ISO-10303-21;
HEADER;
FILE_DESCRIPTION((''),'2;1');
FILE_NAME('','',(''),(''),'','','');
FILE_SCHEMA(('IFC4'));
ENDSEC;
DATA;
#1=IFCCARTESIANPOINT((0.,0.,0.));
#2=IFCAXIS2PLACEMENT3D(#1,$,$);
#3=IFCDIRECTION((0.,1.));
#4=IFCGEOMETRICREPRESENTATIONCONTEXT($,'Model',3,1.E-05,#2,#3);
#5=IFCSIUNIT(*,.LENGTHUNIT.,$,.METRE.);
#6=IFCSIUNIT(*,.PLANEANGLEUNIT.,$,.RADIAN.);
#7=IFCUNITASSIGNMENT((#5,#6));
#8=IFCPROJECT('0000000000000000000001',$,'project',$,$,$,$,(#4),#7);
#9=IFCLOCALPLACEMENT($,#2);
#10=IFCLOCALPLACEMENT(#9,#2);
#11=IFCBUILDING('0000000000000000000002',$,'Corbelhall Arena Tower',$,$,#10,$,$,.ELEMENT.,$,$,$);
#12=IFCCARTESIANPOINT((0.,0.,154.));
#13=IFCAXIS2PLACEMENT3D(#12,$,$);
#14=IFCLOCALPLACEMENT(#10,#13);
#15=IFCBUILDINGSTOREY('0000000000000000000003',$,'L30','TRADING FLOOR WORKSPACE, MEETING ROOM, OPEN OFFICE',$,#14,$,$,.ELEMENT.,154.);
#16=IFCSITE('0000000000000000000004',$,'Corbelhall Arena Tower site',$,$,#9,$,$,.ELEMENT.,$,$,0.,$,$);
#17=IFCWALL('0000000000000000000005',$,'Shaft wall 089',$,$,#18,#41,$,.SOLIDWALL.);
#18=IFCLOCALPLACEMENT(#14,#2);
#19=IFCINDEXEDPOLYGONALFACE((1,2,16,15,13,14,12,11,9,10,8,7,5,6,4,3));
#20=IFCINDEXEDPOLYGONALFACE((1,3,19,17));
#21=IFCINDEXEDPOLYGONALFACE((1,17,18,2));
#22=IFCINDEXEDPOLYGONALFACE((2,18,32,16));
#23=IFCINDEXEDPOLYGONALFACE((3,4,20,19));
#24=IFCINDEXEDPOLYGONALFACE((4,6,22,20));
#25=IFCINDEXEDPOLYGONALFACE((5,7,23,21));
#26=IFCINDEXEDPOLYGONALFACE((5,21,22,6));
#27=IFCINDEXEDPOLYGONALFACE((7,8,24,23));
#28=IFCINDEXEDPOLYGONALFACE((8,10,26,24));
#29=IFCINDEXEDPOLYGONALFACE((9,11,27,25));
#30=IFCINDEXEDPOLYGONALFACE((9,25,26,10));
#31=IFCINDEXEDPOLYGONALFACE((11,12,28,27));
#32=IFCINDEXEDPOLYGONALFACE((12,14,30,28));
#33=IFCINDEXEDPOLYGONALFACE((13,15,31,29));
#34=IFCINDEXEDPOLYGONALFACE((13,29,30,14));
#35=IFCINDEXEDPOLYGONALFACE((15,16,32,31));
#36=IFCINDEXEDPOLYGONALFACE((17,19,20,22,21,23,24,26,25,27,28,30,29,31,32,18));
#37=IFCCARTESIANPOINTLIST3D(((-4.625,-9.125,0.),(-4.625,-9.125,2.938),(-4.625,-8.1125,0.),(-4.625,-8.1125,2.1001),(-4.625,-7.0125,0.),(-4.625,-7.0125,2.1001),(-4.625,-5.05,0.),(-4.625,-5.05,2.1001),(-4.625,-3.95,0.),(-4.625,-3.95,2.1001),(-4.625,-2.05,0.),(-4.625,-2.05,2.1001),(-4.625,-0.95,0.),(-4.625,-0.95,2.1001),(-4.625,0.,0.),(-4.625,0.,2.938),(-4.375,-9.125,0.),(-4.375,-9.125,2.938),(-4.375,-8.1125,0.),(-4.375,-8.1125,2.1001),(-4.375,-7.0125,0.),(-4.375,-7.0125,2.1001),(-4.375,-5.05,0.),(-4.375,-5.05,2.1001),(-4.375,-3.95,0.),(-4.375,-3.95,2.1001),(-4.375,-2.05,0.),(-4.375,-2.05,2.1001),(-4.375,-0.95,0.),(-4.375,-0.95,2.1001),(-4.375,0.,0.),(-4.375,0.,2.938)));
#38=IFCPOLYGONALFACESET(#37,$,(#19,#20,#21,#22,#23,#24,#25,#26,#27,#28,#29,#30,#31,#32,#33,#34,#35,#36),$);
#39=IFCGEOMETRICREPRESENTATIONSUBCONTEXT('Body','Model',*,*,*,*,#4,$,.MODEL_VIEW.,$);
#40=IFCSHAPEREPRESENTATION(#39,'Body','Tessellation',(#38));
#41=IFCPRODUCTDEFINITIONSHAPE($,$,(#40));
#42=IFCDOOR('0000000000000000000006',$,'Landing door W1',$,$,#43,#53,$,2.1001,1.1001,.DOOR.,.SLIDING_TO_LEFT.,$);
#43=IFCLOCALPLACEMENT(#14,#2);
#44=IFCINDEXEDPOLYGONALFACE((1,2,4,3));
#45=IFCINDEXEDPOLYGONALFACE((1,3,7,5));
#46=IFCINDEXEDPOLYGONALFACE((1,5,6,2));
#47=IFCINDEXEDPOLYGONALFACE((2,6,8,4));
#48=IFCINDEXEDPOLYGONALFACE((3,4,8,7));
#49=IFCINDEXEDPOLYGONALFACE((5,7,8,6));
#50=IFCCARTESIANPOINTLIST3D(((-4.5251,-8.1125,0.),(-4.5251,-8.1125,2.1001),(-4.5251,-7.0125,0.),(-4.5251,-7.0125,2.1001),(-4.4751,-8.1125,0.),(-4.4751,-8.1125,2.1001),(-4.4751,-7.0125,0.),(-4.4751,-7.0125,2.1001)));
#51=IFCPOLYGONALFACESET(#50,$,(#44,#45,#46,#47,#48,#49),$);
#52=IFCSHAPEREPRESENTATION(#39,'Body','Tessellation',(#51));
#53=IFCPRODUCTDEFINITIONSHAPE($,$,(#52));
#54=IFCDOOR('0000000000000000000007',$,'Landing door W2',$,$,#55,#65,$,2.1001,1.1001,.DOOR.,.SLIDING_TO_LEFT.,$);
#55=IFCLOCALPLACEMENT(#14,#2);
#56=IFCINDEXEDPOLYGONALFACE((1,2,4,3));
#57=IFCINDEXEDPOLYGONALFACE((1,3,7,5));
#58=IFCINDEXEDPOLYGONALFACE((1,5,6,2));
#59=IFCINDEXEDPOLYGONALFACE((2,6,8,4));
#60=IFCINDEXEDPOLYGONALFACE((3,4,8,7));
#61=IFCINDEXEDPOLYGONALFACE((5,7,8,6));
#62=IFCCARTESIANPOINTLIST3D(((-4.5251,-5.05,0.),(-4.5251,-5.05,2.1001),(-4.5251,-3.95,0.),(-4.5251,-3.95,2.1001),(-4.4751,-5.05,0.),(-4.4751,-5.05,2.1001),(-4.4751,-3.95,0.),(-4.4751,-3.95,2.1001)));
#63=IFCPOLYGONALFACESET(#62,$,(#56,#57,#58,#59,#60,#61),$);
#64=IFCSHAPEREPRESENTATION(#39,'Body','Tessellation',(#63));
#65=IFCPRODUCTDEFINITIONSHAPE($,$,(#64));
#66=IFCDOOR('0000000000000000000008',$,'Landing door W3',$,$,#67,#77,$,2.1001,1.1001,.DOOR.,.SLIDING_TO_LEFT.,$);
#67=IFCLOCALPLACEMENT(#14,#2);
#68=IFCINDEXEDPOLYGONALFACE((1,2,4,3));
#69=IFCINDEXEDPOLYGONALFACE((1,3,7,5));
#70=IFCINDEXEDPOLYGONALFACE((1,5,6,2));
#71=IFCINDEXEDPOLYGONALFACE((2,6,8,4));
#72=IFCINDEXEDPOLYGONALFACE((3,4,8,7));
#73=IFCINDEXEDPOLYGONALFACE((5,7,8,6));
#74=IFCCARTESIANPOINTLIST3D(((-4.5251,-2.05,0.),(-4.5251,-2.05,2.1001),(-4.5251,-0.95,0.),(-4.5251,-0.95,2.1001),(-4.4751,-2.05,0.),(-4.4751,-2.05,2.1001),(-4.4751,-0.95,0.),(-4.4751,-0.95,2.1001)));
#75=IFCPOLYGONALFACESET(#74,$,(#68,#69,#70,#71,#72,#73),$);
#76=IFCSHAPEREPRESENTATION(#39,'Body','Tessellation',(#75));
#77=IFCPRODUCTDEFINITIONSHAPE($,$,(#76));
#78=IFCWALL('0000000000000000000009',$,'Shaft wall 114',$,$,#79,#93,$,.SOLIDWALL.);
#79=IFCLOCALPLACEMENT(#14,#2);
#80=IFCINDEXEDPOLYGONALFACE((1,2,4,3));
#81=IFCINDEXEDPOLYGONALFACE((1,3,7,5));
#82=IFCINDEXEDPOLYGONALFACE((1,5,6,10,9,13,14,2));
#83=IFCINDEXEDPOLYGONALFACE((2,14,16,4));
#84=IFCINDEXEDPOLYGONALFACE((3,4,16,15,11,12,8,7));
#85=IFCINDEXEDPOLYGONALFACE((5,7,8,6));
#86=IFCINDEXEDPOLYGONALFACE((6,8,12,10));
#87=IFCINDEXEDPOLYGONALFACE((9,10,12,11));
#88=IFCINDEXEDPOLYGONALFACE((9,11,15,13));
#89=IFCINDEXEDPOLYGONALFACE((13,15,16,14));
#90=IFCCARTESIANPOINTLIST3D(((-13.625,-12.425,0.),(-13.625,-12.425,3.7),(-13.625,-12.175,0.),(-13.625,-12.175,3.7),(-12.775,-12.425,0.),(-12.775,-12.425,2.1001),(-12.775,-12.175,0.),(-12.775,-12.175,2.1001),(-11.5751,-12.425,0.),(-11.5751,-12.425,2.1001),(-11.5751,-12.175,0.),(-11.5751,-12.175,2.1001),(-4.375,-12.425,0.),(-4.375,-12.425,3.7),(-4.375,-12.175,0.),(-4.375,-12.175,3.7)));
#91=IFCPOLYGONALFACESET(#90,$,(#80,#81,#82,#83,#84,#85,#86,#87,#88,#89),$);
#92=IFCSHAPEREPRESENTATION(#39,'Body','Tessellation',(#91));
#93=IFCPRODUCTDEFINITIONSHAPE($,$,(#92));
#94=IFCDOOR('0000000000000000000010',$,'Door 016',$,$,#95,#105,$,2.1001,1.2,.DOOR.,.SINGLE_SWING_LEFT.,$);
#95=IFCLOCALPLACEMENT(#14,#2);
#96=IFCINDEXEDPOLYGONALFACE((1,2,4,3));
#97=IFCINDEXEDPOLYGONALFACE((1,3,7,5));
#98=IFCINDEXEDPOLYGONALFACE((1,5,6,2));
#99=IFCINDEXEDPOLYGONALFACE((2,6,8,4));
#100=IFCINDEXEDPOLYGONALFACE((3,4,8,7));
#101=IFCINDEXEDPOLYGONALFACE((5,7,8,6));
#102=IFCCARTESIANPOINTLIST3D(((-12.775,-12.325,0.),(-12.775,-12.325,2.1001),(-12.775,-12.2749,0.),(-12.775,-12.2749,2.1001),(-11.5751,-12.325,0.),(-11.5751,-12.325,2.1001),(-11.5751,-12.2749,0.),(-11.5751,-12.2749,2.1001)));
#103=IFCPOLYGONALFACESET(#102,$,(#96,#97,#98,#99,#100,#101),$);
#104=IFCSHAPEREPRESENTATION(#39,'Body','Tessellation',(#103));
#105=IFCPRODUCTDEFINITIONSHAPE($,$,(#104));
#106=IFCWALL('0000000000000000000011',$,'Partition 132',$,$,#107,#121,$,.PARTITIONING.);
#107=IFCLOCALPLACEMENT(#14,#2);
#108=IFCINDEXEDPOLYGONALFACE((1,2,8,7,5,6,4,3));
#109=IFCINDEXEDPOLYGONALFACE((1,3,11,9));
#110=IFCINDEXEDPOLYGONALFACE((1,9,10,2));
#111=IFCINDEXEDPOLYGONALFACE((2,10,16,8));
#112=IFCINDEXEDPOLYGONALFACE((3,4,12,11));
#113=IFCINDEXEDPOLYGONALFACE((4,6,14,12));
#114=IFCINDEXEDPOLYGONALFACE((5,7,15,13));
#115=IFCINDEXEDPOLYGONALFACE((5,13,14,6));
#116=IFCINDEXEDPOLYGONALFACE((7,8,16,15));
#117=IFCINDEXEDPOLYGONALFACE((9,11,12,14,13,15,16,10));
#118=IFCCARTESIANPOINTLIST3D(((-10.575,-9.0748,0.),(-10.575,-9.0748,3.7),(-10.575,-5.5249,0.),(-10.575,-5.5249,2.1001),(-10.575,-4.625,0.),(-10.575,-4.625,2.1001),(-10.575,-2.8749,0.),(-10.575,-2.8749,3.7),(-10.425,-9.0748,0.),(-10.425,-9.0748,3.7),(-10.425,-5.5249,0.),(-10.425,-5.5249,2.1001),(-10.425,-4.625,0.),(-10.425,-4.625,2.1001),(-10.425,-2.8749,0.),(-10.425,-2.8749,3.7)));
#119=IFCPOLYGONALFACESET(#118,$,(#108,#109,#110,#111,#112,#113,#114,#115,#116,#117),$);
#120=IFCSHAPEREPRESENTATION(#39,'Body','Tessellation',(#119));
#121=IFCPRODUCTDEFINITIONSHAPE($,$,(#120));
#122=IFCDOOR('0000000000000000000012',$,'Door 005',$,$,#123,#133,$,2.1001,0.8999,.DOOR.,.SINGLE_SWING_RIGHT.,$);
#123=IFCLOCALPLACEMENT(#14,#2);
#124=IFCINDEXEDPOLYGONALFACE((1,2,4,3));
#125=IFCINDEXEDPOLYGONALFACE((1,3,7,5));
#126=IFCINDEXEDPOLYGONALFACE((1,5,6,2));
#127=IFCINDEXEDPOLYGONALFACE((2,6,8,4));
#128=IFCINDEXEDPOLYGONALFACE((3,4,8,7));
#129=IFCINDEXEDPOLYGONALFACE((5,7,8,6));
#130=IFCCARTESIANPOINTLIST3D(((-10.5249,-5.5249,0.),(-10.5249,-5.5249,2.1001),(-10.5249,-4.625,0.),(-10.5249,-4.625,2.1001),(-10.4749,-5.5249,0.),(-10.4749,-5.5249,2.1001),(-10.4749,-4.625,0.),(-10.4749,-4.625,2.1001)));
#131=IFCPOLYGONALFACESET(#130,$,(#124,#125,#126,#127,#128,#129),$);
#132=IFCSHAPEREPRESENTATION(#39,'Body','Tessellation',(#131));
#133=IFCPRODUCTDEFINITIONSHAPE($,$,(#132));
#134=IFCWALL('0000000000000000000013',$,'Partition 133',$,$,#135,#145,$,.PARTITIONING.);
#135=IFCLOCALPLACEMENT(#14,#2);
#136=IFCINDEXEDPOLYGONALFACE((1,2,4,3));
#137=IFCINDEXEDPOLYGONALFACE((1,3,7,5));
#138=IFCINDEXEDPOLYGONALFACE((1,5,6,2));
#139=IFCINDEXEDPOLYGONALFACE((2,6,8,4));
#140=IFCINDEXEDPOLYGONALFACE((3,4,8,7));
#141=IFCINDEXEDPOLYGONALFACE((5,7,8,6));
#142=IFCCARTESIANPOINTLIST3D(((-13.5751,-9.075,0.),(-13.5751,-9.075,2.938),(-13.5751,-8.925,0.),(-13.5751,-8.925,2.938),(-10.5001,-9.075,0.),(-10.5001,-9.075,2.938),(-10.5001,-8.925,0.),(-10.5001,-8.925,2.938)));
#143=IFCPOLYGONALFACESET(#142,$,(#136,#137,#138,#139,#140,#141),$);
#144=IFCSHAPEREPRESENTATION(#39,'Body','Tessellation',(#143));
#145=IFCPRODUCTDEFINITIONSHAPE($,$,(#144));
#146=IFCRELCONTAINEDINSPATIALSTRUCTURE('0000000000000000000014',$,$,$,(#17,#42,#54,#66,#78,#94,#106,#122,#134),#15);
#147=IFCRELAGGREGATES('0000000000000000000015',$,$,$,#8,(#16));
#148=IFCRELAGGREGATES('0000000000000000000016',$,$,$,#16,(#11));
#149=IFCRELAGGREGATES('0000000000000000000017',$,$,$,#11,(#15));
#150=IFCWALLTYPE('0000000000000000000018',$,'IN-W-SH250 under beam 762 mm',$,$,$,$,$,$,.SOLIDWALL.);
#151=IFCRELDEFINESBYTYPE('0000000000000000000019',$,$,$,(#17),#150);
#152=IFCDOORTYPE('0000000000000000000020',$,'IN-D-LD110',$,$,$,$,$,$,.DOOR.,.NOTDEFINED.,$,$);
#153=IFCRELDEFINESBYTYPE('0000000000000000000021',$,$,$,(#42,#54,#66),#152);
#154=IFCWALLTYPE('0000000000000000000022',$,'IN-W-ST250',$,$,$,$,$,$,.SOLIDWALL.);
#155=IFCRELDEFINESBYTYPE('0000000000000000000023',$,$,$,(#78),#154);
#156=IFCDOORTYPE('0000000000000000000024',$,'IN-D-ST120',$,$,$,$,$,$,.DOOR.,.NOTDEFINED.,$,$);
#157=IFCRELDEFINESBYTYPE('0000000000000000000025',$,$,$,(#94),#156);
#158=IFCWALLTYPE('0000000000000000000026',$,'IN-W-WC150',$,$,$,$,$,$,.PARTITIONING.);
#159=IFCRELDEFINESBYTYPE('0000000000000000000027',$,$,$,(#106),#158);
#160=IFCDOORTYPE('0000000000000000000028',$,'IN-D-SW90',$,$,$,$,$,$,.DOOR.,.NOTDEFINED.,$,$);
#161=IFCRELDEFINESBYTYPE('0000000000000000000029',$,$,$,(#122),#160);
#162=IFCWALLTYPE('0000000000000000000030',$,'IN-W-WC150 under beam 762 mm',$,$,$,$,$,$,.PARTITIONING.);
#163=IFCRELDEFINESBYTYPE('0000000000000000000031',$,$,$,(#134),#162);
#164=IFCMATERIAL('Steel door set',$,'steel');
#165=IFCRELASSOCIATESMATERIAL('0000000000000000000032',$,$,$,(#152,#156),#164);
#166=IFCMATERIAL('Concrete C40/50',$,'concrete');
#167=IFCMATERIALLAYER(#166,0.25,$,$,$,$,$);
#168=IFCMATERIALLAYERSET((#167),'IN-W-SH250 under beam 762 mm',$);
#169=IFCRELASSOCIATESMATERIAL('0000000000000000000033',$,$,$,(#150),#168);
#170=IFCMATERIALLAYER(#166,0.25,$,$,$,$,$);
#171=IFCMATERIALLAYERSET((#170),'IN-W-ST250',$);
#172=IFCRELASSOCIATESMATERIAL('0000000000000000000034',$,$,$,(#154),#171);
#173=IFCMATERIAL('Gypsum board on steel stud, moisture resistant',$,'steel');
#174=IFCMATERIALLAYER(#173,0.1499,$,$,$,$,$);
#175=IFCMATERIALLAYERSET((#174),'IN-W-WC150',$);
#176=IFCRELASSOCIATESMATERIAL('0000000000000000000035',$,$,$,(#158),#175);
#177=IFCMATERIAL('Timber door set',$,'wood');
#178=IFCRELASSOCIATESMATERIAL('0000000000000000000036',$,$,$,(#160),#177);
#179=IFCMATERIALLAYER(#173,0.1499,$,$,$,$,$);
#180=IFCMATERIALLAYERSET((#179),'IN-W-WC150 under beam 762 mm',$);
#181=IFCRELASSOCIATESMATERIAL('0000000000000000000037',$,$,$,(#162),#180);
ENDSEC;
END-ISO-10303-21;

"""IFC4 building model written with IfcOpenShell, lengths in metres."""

from ifc_helpers import new_model, si_unit, direction, frame, frame_2d, origin, place, context, subcontext, project, spatial, rectangle, extrude, material, layer, layer_set, type_object, element, fill, save


model = new_model("IFC4")

# Units and contexts
model_context = context("Model", 3, precision=1e-05, world=origin(), true_north=direction((0.0, 1.0)))
body_context = subcontext(model_context, "Body", "Model", "MODEL_VIEW")
ifc_project = project(units=[si_unit("LENGTHUNIT", "METRE"), si_unit("PLANEANGLEUNIT", "RADIAN")], contexts=[model_context])

# Site, building, storey
site_placement = place(None, origin())
site = spatial("IfcSite", under=ifc_project, at=site_placement, Name="Corbelhall Arena Tower site", CompositionType="ELEMENT", RefElevation=0.0)
building_placement = place(site_placement, origin())
building = spatial("IfcBuilding", under=site, at=building_placement, Name="Corbelhall Arena Tower", CompositionType="ELEMENT")
storey_placement = place(building_placement, frame((0.0, 0.0, 154.0)))
storey = spatial("IfcBuildingStorey", under=building, at=storey_placement, Name="L30", Description="TRADING FLOOR WORKSPACE, MEETING ROOM, OPEN OFFICE", CompositionType="ELEMENT", Elevation=154.0)

# Shared definitions
ifc_material_1 = material(Name="Concrete C40/50", Category="concrete")
ifc_material_2 = material(Name="Steel door set", Category="steel")
door_type_1 = type_object("IfcDoorType", Name="IN-D-LD110", OperationType="NOTDEFINED", PredefinedType="DOOR", material=ifc_material_2)

# Shared definitions
ifc_layer_1 = layer(ifc_material_1, 0.25)
ifc_layer_set_1 = layer_set([ifc_layer_1], Name="IN-W-SH250 under beam 762 mm")
wall_type_1 = type_object("IfcWallType", Name="IN-W-SH250 under beam 762 mm", PredefinedType="SOLIDWALL", material=ifc_layer_set_1)

# Wall, openings, doors
wall_1_placement = place(storey_placement, frame((-4.5, 0.0, 0.0), z_axis=(0.0, 0.0, 1.0), x_axis=(0.0, -1.0, 0.0)))
wall_1 = element("IfcWall", 1, at=wall_1_placement, inside=storey, type_object=wall_type_1, Name="Shaft wall 089", PredefinedType="SOLIDWALL", context=body_context, shape_type="SweptSolid", body=[
    extrude(rectangle(XDim=9.125, YDim=0.25, at=frame_2d((4.5625, 0.0))), origin(), (0.0, 0.0, 1.0), 2.938),
])
opening_1_placement = place(wall_1_placement, frame((7.0125, 0.0, 0.0)))
opening_1 = element("IfcOpeningElement", 2, at=opening_1_placement, cuts=wall_1, PredefinedType="OPENING", context=body_context, shape_type="SweptSolid", body=[
    extrude(rectangle(XDim=1.1001, YDim=2.1001, at=frame_2d((0.55, 1.05))), frame((0.0, 0.125, 0.0), z_axis=(0.0, -1.0, 0.0), x_axis=(1.0, 0.0, 0.0)), (0.0, 0.0, 1.0), 0.25),
])
opening_2_placement = place(wall_1_placement, frame((3.95, 0.0, 0.0)))
opening_2 = element("IfcOpeningElement", 3, at=opening_2_placement, cuts=wall_1, PredefinedType="OPENING", context=body_context, shape_type="SweptSolid", body=[
    extrude(rectangle(XDim=1.1001, YDim=2.1001, at=frame_2d((0.55, 1.05))), frame((0.0, 0.125, 0.0), z_axis=(0.0, -1.0, 0.0), x_axis=(1.0, 0.0, 0.0)), (0.0, 0.0, 1.0), 0.25),
])
opening_3_placement = place(wall_1_placement, frame((0.95, 0.0, 0.0)))
opening_3 = element("IfcOpeningElement", 4, at=opening_3_placement, cuts=wall_1, PredefinedType="OPENING", context=body_context, shape_type="SweptSolid", body=[
    extrude(rectangle(XDim=1.1001, YDim=2.1001, at=frame_2d((0.55, 1.05))), frame((0.0, 0.125, 0.0), z_axis=(0.0, -1.0, 0.0), x_axis=(1.0, 0.0, 0.0)), (0.0, 0.0, 1.0), 0.25),
])
door_1_placement = place(opening_1_placement, origin())
door_1 = element("IfcDoor", 5, at=door_1_placement, inside=storey, type_object=door_type_1, Name="Landing door W1", OperationType="SLIDING_TO_LEFT", OverallHeight=2.1001, OverallWidth=1.1001, PredefinedType="DOOR", context=body_context, shape_type="SweptSolid", body=[
    extrude(rectangle(XDim=1.1001, YDim=2.1001, at=frame_2d((0.55, 1.05))), frame((0.0, 0.0249, 0.0), z_axis=(0.0, -1.0, 0.0), x_axis=(1.0, 0.0, 0.0)), (0.0, 0.0, 1.0), 0.05),
])
fill(opening_1, door_1)
door_2_placement = place(opening_2_placement, origin())
door_2 = element("IfcDoor", 6, at=door_2_placement, inside=storey, type_object=door_type_1, Name="Landing door W2", OperationType="SLIDING_TO_LEFT", OverallHeight=2.1001, OverallWidth=1.1001, PredefinedType="DOOR", context=body_context, shape_type="SweptSolid", body=[
    extrude(rectangle(XDim=1.1001, YDim=2.1001, at=frame_2d((0.55, 1.05))), frame((0.0, 0.0249, 0.0), z_axis=(0.0, -1.0, 0.0), x_axis=(1.0, 0.0, 0.0)), (0.0, 0.0, 1.0), 0.05),
])
fill(opening_2, door_2)
door_3_placement = place(opening_3_placement, origin())
door_3 = element("IfcDoor", 7, at=door_3_placement, inside=storey, type_object=door_type_1, Name="Landing door W3", OperationType="SLIDING_TO_LEFT", OverallHeight=2.1001, OverallWidth=1.1001, PredefinedType="DOOR", context=body_context, shape_type="SweptSolid", body=[
    extrude(rectangle(XDim=1.1001, YDim=2.1001, at=frame_2d((0.55, 1.05))), frame((0.0, 0.0249, 0.0), z_axis=(0.0, -1.0, 0.0), x_axis=(1.0, 0.0, 0.0)), (0.0, 0.0, 1.0), 0.05),
])
fill(opening_3, door_3)

# Walls, openings, doors
ifc_layer_2 = layer(ifc_material_1, 0.25)
ifc_layer_set_2 = layer_set([ifc_layer_2], Name="IN-W-ST250")
wall_type_2 = type_object("IfcWallType", Name="IN-W-ST250", PredefinedType="SOLIDWALL", material=ifc_layer_set_2)
wall_2_placement = place(storey_placement, frame((-4.375, -12.3, 0.0), z_axis=(0.0, 0.0, 1.0), x_axis=(-1.0, 0.0, 0.0)))
wall_2 = element("IfcWall", 8, at=wall_2_placement, inside=storey, type_object=wall_type_2, Name="Shaft wall 114", PredefinedType="SOLIDWALL", context=body_context, shape_type="SweptSolid", body=[
    extrude(rectangle(XDim=9.25, YDim=0.25, at=frame_2d((4.625, 0.0))), origin(), (0.0, 0.0, 1.0), 3.7),
])
opening_4_placement = place(wall_2_placement, frame((7.2, 0.0, 0.0)))
opening_4 = element("IfcOpeningElement", 9, at=opening_4_placement, cuts=wall_2, PredefinedType="OPENING", context=body_context, shape_type="SweptSolid", body=[
    extrude(rectangle(XDim=1.2, YDim=2.1001, at=frame_2d((0.6001, 1.05))), frame((0.0, 0.125, 0.0), z_axis=(0.0, -1.0, 0.0), x_axis=(1.0, 0.0, 0.0)), (0.0, 0.0, 1.0), 0.25),
])
door_type_2 = type_object("IfcDoorType", Name="IN-D-ST120", OperationType="NOTDEFINED", PredefinedType="DOOR", material=ifc_material_2)
door_4_placement = place(opening_4_placement, origin())
door_4 = element("IfcDoor", 10, at=door_4_placement, inside=storey, type_object=door_type_2, Name="Door 016", OperationType="SINGLE_SWING_LEFT", OverallHeight=2.1001, OverallWidth=1.2, PredefinedType="DOOR", context=body_context, shape_type="SweptSolid", body=[
    extrude(rectangle(XDim=1.2, YDim=2.1001, at=frame_2d((0.6001, 1.05))), frame((0.0, 0.0249, 0.0), z_axis=(0.0, -1.0, 0.0), x_axis=(1.0, 0.0, 0.0)), (0.0, 0.0, 1.0), 0.05),
])
fill(opening_4, door_4)
ifc_material_3 = material(Name="Gypsum board on steel stud, moisture resistant", Category="steel")
ifc_layer_3 = layer(ifc_material_3, 0.1499)
ifc_layer_set_3 = layer_set([ifc_layer_3], Name="IN-W-WC150")
wall_type_3 = type_object("IfcWallType", Name="IN-W-WC150", PredefinedType="PARTITIONING", material=ifc_layer_set_3)
wall_3_placement = place(storey_placement, frame((-10.5, -9.075, 0.0), z_axis=(0.0, 0.0, 1.0), x_axis=(0.0, 1.0, 0.0)))
wall_3 = element("IfcWall", 11, at=wall_3_placement, inside=storey, type_object=wall_type_3, Name="Partition 132", PredefinedType="PARTITIONING", context=body_context, shape_type="SweptSolid", body=[
    extrude(rectangle(XDim=6.2, YDim=0.1499, at=frame_2d((3.1001, 0.0))), origin(), (0.0, 0.0, 1.0), 3.7),
])
opening_5_placement = place(wall_3_placement, frame((3.55, 0.0, 0.0)))
opening_5 = element("IfcOpeningElement", 12, at=opening_5_placement, cuts=wall_3, PredefinedType="OPENING", context=body_context, shape_type="SweptSolid", body=[
    extrude(rectangle(XDim=0.8999, YDim=2.1001, at=frame_2d((0.45, 1.05))), frame((0.0, 0.075, 0.0), z_axis=(0.0, -1.0, 0.0), x_axis=(1.0, 0.0, 0.0)), (0.0, 0.0, 1.0), 0.1499),
])
ifc_material_4 = material(Name="Timber door set", Category="wood")
door_type_3 = type_object("IfcDoorType", Name="IN-D-SW90", OperationType="NOTDEFINED", PredefinedType="DOOR", material=ifc_material_4)
door_5_placement = place(opening_5_placement, origin())
door_5 = element("IfcDoor", 13, at=door_5_placement, inside=storey, type_object=door_type_3, Name="Door 005", OperationType="SINGLE_SWING_RIGHT", OverallHeight=2.1001, OverallWidth=0.8999, PredefinedType="DOOR", context=body_context, shape_type="SweptSolid", body=[
    extrude(rectangle(XDim=0.8999, YDim=2.1001, at=frame_2d((0.45, 1.05))), frame((0.0, 0.0249, 0.0), z_axis=(0.0, -1.0, 0.0), x_axis=(1.0, 0.0, 0.0)), (0.0, 0.0, 1.0), 0.05),
])
fill(opening_5, door_5)

# Wall
ifc_layer_4 = layer(ifc_material_3, 0.1499)
ifc_layer_set_4 = layer_set([ifc_layer_4], Name="IN-W-WC150 under beam 762 mm")
wall_type_4 = type_object("IfcWallType", Name="IN-W-WC150 under beam 762 mm", PredefinedType="PARTITIONING", material=ifc_layer_set_4)
wall_4_placement = place(storey_placement, frame((-10.5, -9.0, 0.0), z_axis=(0.0, 0.0, 1.0), x_axis=(-1.0, 0.0, 0.0)))
element("IfcWall", 14, at=wall_4_placement, inside=storey, type_object=wall_type_4, Name="Partition 133", PredefinedType="PARTITIONING", context=body_context, shape_type="SweptSolid", body=[
    extrude(rectangle(XDim=3.075, YDim=0.1499, at=frame_2d((1.5376, 0.0))), origin(), (0.0, 0.0, 1.0), 2.938),
])

save(model, "model.ifc")
